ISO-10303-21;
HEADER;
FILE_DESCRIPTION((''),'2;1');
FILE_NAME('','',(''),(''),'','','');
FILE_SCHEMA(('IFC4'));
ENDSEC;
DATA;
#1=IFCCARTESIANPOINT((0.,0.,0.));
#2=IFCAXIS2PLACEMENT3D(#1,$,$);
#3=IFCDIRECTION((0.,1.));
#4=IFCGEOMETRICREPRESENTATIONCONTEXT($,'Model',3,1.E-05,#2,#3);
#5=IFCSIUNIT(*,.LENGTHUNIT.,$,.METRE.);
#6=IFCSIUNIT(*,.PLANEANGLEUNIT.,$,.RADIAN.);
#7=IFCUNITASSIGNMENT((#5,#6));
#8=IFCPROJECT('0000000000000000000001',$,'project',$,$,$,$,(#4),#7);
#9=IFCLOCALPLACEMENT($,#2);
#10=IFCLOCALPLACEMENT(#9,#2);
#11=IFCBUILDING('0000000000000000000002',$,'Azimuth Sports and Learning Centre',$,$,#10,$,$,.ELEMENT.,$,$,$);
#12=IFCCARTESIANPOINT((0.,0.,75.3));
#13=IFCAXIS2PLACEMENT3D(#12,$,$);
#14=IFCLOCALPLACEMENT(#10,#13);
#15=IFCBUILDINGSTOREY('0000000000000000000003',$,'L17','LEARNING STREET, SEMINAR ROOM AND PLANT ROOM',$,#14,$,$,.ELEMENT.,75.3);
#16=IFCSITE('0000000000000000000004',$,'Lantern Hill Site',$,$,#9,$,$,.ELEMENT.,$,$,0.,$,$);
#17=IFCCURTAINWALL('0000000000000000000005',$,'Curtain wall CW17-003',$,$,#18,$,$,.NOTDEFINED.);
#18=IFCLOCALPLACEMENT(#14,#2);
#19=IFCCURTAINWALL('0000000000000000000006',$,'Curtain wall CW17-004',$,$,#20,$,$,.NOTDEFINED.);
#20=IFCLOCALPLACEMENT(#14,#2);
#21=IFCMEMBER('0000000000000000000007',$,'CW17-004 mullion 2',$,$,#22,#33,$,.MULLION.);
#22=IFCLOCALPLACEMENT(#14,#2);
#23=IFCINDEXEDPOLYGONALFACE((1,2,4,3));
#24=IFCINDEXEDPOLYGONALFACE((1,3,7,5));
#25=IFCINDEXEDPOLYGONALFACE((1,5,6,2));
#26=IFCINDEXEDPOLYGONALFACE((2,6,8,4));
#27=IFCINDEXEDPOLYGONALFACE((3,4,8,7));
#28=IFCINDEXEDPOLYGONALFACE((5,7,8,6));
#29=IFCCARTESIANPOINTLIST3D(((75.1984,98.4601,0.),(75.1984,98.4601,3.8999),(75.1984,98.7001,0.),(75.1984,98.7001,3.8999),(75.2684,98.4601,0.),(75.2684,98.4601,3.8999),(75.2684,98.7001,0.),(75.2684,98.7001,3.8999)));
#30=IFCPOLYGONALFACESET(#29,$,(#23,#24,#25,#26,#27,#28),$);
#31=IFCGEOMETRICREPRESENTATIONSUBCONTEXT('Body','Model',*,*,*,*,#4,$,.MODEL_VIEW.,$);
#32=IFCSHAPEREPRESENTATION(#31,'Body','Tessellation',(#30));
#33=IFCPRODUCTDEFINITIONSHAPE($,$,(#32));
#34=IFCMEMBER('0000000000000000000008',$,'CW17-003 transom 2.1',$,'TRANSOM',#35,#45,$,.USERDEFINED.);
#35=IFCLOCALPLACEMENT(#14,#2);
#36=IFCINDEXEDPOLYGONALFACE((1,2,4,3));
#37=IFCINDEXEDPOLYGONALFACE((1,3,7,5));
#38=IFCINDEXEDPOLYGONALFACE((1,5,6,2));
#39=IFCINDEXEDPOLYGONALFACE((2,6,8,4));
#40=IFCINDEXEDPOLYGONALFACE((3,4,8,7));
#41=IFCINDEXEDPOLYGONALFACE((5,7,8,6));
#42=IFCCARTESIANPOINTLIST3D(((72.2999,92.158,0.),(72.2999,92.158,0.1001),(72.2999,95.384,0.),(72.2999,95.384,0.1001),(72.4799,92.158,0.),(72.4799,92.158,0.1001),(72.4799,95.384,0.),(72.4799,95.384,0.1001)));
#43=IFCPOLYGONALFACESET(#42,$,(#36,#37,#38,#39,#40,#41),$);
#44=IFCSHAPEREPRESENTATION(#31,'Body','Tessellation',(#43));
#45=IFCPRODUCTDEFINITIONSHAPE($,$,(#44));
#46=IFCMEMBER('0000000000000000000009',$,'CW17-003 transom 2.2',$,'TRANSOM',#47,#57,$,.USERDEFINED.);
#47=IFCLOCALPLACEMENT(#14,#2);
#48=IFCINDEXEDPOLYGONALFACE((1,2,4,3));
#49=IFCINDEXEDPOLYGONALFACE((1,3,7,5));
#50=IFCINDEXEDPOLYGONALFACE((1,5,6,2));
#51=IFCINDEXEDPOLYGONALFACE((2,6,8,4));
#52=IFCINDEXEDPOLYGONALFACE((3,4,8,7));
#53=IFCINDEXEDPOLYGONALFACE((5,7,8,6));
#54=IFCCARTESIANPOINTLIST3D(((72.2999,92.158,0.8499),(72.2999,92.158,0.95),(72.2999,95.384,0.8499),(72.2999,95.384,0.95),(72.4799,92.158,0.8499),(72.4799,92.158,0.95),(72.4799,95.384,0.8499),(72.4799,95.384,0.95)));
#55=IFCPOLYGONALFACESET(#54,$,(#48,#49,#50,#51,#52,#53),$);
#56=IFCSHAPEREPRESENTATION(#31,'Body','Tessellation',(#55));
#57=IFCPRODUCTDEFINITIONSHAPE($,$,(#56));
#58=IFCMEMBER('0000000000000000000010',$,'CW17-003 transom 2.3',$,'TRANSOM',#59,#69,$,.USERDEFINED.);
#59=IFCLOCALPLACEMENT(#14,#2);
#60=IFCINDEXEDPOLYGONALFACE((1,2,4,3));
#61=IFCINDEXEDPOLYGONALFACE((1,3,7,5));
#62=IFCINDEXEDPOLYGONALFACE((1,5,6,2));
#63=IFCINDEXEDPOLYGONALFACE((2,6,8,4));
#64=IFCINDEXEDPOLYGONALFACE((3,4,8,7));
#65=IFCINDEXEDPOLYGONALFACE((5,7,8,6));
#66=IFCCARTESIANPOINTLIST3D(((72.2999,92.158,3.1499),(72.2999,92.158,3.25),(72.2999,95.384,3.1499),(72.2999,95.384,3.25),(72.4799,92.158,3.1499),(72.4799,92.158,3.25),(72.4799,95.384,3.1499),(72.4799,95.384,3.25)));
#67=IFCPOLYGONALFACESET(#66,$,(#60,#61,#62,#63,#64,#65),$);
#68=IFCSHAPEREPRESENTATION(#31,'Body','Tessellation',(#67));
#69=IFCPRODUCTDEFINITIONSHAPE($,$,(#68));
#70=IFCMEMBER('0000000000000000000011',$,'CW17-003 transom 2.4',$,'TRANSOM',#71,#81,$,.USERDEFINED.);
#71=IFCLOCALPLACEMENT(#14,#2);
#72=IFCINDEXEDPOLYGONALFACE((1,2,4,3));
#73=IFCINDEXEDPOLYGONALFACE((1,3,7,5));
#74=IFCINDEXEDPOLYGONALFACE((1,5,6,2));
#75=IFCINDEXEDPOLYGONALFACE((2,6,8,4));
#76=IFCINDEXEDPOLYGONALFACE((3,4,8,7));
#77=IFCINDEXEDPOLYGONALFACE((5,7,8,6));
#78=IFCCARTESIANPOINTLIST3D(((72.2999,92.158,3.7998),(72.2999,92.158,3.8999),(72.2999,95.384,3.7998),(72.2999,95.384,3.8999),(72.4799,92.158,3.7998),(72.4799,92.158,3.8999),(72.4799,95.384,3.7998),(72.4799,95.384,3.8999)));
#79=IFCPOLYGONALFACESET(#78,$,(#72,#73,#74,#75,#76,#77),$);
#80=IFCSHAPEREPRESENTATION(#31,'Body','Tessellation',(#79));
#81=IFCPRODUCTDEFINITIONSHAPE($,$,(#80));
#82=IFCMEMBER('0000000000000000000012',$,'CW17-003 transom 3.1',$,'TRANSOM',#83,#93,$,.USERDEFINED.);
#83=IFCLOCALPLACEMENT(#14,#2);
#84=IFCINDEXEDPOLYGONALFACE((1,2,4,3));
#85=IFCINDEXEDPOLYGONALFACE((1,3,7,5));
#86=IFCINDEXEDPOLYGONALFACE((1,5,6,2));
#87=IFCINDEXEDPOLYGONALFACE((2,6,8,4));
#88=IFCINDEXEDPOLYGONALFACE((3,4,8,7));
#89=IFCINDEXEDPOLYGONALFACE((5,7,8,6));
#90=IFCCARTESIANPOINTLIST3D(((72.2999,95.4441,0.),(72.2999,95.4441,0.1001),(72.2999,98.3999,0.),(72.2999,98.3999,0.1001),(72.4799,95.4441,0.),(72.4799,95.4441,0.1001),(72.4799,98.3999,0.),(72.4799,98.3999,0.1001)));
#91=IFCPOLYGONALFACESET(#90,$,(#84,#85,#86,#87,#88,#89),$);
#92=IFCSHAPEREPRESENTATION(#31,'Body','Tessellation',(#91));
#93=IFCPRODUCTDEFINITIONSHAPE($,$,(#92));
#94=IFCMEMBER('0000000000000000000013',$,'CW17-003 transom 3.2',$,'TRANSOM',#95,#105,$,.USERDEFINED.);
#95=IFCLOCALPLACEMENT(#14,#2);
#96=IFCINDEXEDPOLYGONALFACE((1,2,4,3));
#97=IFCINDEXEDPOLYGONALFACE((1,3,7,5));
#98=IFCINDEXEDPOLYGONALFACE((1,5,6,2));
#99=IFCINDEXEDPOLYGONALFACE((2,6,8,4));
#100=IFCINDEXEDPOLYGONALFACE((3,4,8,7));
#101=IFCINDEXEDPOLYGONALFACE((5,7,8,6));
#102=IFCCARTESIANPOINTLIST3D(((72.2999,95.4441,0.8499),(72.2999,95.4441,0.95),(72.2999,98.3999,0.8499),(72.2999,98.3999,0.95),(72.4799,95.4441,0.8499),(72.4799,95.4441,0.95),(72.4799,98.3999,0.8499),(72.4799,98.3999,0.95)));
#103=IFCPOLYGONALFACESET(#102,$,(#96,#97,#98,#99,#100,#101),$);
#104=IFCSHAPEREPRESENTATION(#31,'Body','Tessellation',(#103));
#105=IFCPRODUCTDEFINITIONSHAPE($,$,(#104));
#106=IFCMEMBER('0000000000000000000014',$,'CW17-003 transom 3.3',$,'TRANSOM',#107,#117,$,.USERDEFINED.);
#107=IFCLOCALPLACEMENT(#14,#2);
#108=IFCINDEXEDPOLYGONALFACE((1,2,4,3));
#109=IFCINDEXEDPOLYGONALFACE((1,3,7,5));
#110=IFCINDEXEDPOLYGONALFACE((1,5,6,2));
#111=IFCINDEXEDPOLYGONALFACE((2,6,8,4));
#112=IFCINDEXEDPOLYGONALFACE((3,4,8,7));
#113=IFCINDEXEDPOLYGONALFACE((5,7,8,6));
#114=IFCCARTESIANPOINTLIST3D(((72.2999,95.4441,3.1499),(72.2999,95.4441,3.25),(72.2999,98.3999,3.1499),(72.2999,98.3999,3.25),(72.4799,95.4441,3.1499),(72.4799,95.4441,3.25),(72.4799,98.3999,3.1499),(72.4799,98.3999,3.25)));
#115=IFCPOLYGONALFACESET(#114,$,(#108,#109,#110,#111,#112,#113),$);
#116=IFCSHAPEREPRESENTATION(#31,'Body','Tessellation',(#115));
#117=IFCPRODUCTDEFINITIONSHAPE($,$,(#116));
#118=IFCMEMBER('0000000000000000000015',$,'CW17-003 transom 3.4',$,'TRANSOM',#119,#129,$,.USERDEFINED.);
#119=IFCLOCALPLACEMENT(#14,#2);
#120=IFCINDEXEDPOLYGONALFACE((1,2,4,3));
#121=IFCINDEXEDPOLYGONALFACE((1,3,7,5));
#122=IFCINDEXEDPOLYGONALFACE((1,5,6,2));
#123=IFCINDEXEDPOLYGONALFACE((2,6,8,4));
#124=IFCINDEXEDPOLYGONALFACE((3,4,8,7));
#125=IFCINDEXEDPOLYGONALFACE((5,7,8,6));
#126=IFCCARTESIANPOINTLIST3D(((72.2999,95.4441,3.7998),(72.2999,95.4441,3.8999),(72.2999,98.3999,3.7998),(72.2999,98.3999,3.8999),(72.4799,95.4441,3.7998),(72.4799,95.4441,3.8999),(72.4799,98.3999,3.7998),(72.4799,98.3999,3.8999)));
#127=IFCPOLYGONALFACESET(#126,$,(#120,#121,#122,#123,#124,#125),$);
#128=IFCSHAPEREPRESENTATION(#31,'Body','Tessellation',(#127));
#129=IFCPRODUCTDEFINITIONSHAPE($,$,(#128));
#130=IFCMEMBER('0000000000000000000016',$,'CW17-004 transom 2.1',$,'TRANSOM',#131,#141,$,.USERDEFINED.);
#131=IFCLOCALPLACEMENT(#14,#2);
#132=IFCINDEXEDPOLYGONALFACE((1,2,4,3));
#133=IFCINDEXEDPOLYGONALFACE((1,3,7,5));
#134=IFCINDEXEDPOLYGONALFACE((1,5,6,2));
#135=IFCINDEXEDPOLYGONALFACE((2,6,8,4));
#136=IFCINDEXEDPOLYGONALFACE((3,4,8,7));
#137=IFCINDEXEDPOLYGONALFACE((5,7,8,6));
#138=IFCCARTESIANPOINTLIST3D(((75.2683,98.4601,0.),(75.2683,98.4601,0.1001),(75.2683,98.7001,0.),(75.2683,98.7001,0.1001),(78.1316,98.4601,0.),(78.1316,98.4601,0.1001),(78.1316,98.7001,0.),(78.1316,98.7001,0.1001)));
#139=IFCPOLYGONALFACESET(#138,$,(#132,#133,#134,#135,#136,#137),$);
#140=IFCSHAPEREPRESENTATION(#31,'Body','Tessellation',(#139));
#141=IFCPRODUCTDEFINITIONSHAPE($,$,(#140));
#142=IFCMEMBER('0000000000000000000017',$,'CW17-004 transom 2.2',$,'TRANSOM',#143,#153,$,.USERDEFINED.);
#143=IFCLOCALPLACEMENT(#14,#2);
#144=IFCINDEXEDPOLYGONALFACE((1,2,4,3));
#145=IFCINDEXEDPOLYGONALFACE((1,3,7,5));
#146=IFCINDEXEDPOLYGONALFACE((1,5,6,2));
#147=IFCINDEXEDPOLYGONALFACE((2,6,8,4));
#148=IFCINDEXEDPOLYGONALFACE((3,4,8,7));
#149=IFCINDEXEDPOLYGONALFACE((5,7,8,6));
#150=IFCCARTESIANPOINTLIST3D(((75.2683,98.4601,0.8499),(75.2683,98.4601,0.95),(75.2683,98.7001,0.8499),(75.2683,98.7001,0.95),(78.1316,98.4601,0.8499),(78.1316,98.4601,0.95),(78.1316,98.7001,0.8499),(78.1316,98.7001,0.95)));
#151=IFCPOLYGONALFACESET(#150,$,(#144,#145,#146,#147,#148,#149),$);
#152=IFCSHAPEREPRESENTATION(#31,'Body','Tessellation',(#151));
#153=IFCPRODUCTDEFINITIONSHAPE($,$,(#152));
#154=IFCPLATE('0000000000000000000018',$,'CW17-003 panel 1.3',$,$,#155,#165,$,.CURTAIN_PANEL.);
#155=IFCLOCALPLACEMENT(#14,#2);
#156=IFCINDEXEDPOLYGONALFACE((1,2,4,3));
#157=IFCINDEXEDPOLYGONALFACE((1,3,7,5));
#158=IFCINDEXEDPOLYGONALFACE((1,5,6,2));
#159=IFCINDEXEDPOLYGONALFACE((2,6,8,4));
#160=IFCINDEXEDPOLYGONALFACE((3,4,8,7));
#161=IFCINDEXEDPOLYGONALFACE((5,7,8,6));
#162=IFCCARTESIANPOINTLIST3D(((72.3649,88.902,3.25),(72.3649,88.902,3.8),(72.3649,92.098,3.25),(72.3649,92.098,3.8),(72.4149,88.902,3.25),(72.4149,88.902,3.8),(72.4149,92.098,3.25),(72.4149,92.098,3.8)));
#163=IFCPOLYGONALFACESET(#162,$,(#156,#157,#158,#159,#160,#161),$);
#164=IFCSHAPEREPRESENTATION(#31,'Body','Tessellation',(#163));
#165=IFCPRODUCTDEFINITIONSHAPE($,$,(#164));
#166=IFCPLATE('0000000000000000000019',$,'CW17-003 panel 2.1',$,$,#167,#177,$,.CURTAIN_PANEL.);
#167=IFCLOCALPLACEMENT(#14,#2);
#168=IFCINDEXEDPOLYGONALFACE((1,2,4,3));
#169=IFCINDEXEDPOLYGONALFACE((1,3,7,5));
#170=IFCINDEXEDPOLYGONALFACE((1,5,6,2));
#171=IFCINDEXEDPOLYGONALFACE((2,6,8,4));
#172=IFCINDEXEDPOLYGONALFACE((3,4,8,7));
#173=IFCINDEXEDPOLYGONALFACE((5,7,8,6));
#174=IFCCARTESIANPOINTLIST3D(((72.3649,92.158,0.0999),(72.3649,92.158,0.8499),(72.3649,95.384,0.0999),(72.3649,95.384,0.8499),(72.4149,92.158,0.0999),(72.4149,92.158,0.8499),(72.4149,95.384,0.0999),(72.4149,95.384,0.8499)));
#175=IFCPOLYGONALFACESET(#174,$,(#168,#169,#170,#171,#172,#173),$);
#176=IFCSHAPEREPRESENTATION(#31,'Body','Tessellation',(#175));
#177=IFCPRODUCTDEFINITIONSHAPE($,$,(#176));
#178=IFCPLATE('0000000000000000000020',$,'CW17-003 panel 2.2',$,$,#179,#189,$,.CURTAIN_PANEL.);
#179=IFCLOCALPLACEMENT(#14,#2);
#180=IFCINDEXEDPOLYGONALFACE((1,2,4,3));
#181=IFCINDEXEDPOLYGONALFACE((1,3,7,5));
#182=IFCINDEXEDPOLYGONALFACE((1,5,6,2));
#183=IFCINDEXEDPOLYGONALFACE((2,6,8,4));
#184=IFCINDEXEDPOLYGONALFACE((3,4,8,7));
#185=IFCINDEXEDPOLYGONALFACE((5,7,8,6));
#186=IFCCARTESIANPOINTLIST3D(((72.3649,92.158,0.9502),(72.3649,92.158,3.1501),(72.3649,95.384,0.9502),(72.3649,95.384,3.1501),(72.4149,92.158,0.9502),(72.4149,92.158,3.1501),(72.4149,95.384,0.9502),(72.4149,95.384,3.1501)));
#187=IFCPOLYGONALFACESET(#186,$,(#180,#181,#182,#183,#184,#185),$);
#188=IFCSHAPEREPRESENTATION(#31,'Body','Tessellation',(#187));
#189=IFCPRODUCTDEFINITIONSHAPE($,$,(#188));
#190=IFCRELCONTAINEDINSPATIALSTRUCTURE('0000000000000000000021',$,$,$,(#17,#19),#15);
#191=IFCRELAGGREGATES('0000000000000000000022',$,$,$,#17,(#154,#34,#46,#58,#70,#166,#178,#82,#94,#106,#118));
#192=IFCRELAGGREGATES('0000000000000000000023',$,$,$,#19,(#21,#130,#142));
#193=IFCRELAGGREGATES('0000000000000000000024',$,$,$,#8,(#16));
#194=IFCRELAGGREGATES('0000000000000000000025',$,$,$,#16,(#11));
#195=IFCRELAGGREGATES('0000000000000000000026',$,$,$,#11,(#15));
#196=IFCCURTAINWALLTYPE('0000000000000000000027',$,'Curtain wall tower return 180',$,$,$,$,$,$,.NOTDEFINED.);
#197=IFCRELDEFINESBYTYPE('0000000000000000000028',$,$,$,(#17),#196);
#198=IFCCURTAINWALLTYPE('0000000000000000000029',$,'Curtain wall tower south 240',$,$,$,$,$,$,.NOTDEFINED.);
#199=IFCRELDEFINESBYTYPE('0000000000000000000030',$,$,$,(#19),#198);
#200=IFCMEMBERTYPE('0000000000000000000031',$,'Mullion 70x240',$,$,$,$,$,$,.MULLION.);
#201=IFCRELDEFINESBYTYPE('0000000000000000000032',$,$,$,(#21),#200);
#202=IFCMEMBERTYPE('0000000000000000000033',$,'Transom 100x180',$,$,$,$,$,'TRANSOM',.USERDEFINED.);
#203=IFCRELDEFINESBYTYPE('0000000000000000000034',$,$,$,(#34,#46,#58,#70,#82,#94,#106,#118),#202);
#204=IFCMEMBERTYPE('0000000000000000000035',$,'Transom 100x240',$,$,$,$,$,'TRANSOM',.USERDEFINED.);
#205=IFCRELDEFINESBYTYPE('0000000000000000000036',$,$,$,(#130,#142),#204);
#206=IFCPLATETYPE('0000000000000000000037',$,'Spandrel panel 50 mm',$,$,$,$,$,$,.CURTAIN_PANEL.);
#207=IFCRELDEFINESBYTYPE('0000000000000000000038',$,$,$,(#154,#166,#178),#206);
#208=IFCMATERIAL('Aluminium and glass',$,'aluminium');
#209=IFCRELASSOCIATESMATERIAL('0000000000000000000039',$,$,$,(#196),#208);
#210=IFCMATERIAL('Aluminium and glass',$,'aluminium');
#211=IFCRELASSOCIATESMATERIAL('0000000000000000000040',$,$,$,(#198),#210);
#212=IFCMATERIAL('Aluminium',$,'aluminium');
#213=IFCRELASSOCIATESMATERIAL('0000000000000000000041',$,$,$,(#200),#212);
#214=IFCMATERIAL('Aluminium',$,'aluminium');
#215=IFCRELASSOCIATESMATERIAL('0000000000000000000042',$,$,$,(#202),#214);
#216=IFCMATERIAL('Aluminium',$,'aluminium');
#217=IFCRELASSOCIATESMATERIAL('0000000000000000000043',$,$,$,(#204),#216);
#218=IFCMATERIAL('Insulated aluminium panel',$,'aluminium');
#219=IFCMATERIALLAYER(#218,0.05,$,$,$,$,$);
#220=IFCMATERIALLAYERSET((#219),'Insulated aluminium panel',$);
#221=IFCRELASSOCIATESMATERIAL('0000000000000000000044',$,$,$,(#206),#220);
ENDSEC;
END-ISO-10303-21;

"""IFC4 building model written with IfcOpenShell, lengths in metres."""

from ifc_helpers import new_model, si_unit, direction, frame, origin, origin_2d, place, context, subcontext, project, spatial, rectangle, extrude, material, layer, layer_set, material_profile, profile_set, type_object, element, aggregate, save


model = new_model("IFC4")

# Units and contexts
model_context = context("Model", 3, precision=1e-05, world=origin(), true_north=direction((0.0, 1.0)))
body_context = subcontext(model_context, "Body", "Model", "MODEL_VIEW")
ifc_project = project(units=[si_unit("LENGTHUNIT", "METRE"), si_unit("PLANEANGLEUNIT", "RADIAN")], contexts=[model_context])

# Site, building, storey
site_placement = place(None, origin())
site = spatial("IfcSite", under=ifc_project, at=site_placement, Name="Lantern Hill Site", CompositionType="ELEMENT", RefElevation=0.0)
building_placement = place(site_placement, origin())
building = spatial("IfcBuilding", under=site, at=building_placement, Name="Azimuth Sports and Learning Centre", CompositionType="ELEMENT")
storey_placement = place(building_placement, frame((0.0, 0.0, 75.3)))
storey = spatial("IfcBuildingStorey", under=building, at=storey_placement, Name="L17", Description="LEARNING STREET, SEMINAR ROOM AND PLANT ROOM", CompositionType="ELEMENT", Elevation=75.3)

# Curtain wall
ifc_material_1 = material(Name="Aluminium and glass", Category="aluminium")
curtain_wall_type_1 = type_object("IfcCurtainWallType", Name="Curtain wall tower return 180", PredefinedType="NOTDEFINED", material=ifc_material_1)
curtain_wall_1_placement = place(storey_placement, origin())
curtain_wall_1 = element("IfcCurtainWall", 1, at=curtain_wall_1_placement, inside=storey, type_object=curtain_wall_type_1, Name="Curtain wall CW17-003", PredefinedType="NOTDEFINED")

# Curtain wall, member
ifc_material_2 = material(Name="Aluminium and glass", Category="aluminium")
curtain_wall_type_2 = type_object("IfcCurtainWallType", Name="Curtain wall tower south 240", PredefinedType="NOTDEFINED", material=ifc_material_2)
curtain_wall_2_placement = place(storey_placement, origin())
curtain_wall_2 = element("IfcCurtainWall", 2, at=curtain_wall_2_placement, inside=storey, type_object=curtain_wall_type_2, Name="Curtain wall CW17-004", PredefinedType="NOTDEFINED")
ifc_material_3 = material(Name="Aluminium", Category="aluminium")
ifc_material_profile_1 = material_profile(ifc_material_3, rectangle(XDim=0.24, YDim=0.0701, at=origin_2d()), Name="Mullion 70x240")
ifc_profile_set_1 = profile_set([ifc_material_profile_1], Name="Aluminium")
member_type_1 = type_object("IfcMemberType", Name="Mullion 70x240", PredefinedType="MULLION", material=ifc_profile_set_1)
member_1_placement = place(storey_placement, frame((75.2334, 98.5801, 0.0), z_axis=(0.0, 0.0, 1.0), x_axis=(0.0, 1.0, 0.0)))
member_1 = element("IfcMember", 3, at=member_1_placement, type_object=member_type_1, Name="CW17-004 mullion 2", PredefinedType="MULLION", context=body_context, shape_type="SweptSolid", body=[
    extrude(rectangle(XDim=0.24, YDim=0.0701, at=origin_2d()), origin(), (0.0, 0.0, 1.0), 3.8999),
])

# Members
ifc_material_4 = material(Name="Aluminium", Category="aluminium")
ifc_material_profile_2 = material_profile(ifc_material_4, rectangle(XDim=0.1799, YDim=0.1001, at=origin_2d()), Name="Transom 100x180")
ifc_profile_set_2 = profile_set([ifc_material_profile_2], Name="Aluminium")
member_type_2 = type_object("IfcMemberType", Name="Transom 100x180", ElementType="TRANSOM", PredefinedType="USERDEFINED", material=ifc_profile_set_2)
member_2_placement = place(storey_placement, frame((72.3899, 92.158, 0.05), z_axis=(0.0, 1.0, 0.0), x_axis=(-1.0, 0.0, 0.0)))
member_2 = element("IfcMember", 4, at=member_2_placement, type_object=member_type_2, Name="CW17-003 transom 2.1", ObjectType="TRANSOM", PredefinedType="USERDEFINED", context=body_context, shape_type="SweptSolid", body=[
    extrude(rectangle(XDim=0.1799, YDim=0.1001, at=origin_2d()), origin(), (0.0, 0.0, 1.0), 3.2261),
])
member_3_placement = place(storey_placement, frame((72.3899, 92.158, 0.8999), z_axis=(0.0, 1.0, 0.0), x_axis=(-1.0, 0.0, 0.0)))
member_3 = element("IfcMember", 5, at=member_3_placement, type_object=member_type_2, Name="CW17-003 transom 2.2", ObjectType="TRANSOM", PredefinedType="USERDEFINED", context=body_context, shape_type="SweptSolid", body=[
    extrude(rectangle(XDim=0.1799, YDim=0.1001, at=origin_2d()), origin(), (0.0, 0.0, 1.0), 3.2261),
])
member_4_placement = place(storey_placement, frame((72.3899, 92.158, 3.2), z_axis=(0.0, 1.0, 0.0), x_axis=(-1.0, 0.0, 0.0)))
member_4 = element("IfcMember", 6, at=member_4_placement, type_object=member_type_2, Name="CW17-003 transom 2.3", ObjectType="TRANSOM", PredefinedType="USERDEFINED", context=body_context, shape_type="SweptSolid", body=[
    extrude(rectangle(XDim=0.1799, YDim=0.1001, at=origin_2d()), origin(), (0.0, 0.0, 1.0), 3.2261),
])
member_5_placement = place(storey_placement, frame((72.3899, 92.158, 3.8499), z_axis=(0.0, 1.0, 0.0), x_axis=(-1.0, 0.0, 0.0)))
member_5 = element("IfcMember", 7, at=member_5_placement, type_object=member_type_2, Name="CW17-003 transom 2.4", ObjectType="TRANSOM", PredefinedType="USERDEFINED", context=body_context, shape_type="SweptSolid", body=[
    extrude(rectangle(XDim=0.1799, YDim=0.1001, at=origin_2d()), origin(), (0.0, 0.0, 1.0), 3.2261),
])
member_6_placement = place(storey_placement, frame((72.3899, 95.4441, 0.05), z_axis=(0.0, 1.0, 0.0), x_axis=(-1.0, 0.0, 0.0)))
member_6 = element("IfcMember", 8, at=member_6_placement, type_object=member_type_2, Name="CW17-003 transom 3.1", ObjectType="TRANSOM", PredefinedType="USERDEFINED", context=body_context, shape_type="SweptSolid", body=[
    extrude(rectangle(XDim=0.1799, YDim=0.1001, at=origin_2d()), origin(), (0.0, 0.0, 1.0), 2.9558),
])
member_7_placement = place(storey_placement, frame((72.3899, 95.4441, 0.8999), z_axis=(0.0, 1.0, 0.0), x_axis=(-1.0, 0.0, 0.0)))
member_7 = element("IfcMember", 9, at=member_7_placement, type_object=member_type_2, Name="CW17-003 transom 3.2", ObjectType="TRANSOM", PredefinedType="USERDEFINED", context=body_context, shape_type="SweptSolid", body=[
    extrude(rectangle(XDim=0.1799, YDim=0.1001, at=origin_2d()), origin(), (0.0, 0.0, 1.0), 2.9558),
])
member_8_placement = place(storey_placement, frame((72.3899, 95.4441, 3.2), z_axis=(0.0, 1.0, 0.0), x_axis=(-1.0, 0.0, 0.0)))
member_8 = element("IfcMember", 10, at=member_8_placement, type_object=member_type_2, Name="CW17-003 transom 3.3", ObjectType="TRANSOM", PredefinedType="USERDEFINED", context=body_context, shape_type="SweptSolid", body=[
    extrude(rectangle(XDim=0.1799, YDim=0.1001, at=origin_2d()), origin(), (0.0, 0.0, 1.0), 2.9558),
])
member_9_placement = place(storey_placement, frame((72.3899, 95.4441, 3.8499), z_axis=(0.0, 1.0, 0.0), x_axis=(-1.0, 0.0, 0.0)))
member_9 = element("IfcMember", 11, at=member_9_placement, type_object=member_type_2, Name="CW17-003 transom 3.4", ObjectType="TRANSOM", PredefinedType="USERDEFINED", context=body_context, shape_type="SweptSolid", body=[
    extrude(rectangle(XDim=0.1799, YDim=0.1001, at=origin_2d()), origin(), (0.0, 0.0, 1.0), 2.9558),
])
ifc_material_5 = material(Name="Aluminium", Category="aluminium")
ifc_material_profile_3 = material_profile(ifc_material_5, rectangle(XDim=0.24, YDim=0.1001, at=origin_2d()), Name="Transom 100x240")
ifc_profile_set_3 = profile_set([ifc_material_profile_3], Name="Aluminium")
member_type_3 = type_object("IfcMemberType", Name="Transom 100x240", ElementType="TRANSOM", PredefinedType="USERDEFINED", material=ifc_profile_set_3)
member_10_placement = place(storey_placement, frame((75.2683, 98.5801, 0.05), z_axis=(1.0, 0.0, 0.0), x_axis=(0.0, 1.0, 0.0)))
member_10 = element("IfcMember", 12, at=member_10_placement, type_object=member_type_3, Name="CW17-004 transom 2.1", ObjectType="TRANSOM", PredefinedType="USERDEFINED", context=body_context, shape_type="SweptSolid", body=[
    extrude(rectangle(XDim=0.24, YDim=0.1001, at=origin_2d()), origin(), (0.0, 0.0, 1.0), 2.8633),
])
member_11_placement = place(storey_placement, frame((75.2683, 98.5801, 0.8999), z_axis=(1.0, 0.0, 0.0), x_axis=(0.0, 1.0, 0.0)))
member_11 = element("IfcMember", 13, at=member_11_placement, type_object=member_type_3, Name="CW17-004 transom 2.2", ObjectType="TRANSOM", PredefinedType="USERDEFINED", context=body_context, shape_type="SweptSolid", body=[
    extrude(rectangle(XDim=0.24, YDim=0.1001, at=origin_2d()), origin(), (0.0, 0.0, 1.0), 2.8633),
])

# Plates
ifc_material_6 = material(Name="Insulated aluminium panel", Category="aluminium")
ifc_layer_1 = layer(ifc_material_6, 0.05)
ifc_layer_set_1 = layer_set([ifc_layer_1], Name="Insulated aluminium panel")
plate_type_1 = type_object("IfcPlateType", Name="Spandrel panel 50 mm", PredefinedType="CURTAIN_PANEL", material=ifc_layer_set_1)
plate_1_placement = place(storey_placement, frame((72.3899, 90.5, 3.25), z_axis=(0.0, 0.0, 1.0), x_axis=(0.0, 1.0, 0.0)))
plate_1 = element("IfcPlate", 14, at=plate_1_placement, type_object=plate_type_1, Name="CW17-003 panel 1.3", PredefinedType="CURTAIN_PANEL", context=body_context, shape_type="SweptSolid", body=[
    extrude(rectangle(XDim=3.196, YDim=0.05, at=origin_2d()), origin(), (0.0, 0.0, 1.0), 0.55),
])
plate_2_placement = place(storey_placement, frame((72.3899, 93.771, 0.0999), z_axis=(0.0, 0.0, 1.0), x_axis=(0.0, 1.0, 0.0)))
plate_2 = element("IfcPlate", 15, at=plate_2_placement, type_object=plate_type_1, Name="CW17-003 panel 2.1", PredefinedType="CURTAIN_PANEL", context=body_context, shape_type="SweptSolid", body=[
    extrude(rectangle(XDim=3.2261, YDim=0.05, at=origin_2d()), origin(), (0.0, 0.0, 1.0), 0.75),
])
plate_3_placement = place(storey_placement, frame((72.3899, 93.771, 0.9502), z_axis=(0.0, 0.0, 1.0), x_axis=(0.0, 1.0, 0.0)))
plate_3 = element("IfcPlate", 16, at=plate_3_placement, type_object=plate_type_1, Name="CW17-003 panel 2.2", PredefinedType="CURTAIN_PANEL", context=body_context, shape_type="SweptSolid", body=[
    extrude(rectangle(XDim=3.2261, YDim=0.05, at=origin_2d()), origin(), (0.0, 0.0, 1.0), 2.2),
])
aggregate(curtain_wall_1, [plate_1, member_2, member_3, member_4, member_5, plate_2, plate_3, member_6, member_7, member_8, member_9])
aggregate(curtain_wall_2, [member_1, member_10, member_11])

save(model, "model.ifc")
